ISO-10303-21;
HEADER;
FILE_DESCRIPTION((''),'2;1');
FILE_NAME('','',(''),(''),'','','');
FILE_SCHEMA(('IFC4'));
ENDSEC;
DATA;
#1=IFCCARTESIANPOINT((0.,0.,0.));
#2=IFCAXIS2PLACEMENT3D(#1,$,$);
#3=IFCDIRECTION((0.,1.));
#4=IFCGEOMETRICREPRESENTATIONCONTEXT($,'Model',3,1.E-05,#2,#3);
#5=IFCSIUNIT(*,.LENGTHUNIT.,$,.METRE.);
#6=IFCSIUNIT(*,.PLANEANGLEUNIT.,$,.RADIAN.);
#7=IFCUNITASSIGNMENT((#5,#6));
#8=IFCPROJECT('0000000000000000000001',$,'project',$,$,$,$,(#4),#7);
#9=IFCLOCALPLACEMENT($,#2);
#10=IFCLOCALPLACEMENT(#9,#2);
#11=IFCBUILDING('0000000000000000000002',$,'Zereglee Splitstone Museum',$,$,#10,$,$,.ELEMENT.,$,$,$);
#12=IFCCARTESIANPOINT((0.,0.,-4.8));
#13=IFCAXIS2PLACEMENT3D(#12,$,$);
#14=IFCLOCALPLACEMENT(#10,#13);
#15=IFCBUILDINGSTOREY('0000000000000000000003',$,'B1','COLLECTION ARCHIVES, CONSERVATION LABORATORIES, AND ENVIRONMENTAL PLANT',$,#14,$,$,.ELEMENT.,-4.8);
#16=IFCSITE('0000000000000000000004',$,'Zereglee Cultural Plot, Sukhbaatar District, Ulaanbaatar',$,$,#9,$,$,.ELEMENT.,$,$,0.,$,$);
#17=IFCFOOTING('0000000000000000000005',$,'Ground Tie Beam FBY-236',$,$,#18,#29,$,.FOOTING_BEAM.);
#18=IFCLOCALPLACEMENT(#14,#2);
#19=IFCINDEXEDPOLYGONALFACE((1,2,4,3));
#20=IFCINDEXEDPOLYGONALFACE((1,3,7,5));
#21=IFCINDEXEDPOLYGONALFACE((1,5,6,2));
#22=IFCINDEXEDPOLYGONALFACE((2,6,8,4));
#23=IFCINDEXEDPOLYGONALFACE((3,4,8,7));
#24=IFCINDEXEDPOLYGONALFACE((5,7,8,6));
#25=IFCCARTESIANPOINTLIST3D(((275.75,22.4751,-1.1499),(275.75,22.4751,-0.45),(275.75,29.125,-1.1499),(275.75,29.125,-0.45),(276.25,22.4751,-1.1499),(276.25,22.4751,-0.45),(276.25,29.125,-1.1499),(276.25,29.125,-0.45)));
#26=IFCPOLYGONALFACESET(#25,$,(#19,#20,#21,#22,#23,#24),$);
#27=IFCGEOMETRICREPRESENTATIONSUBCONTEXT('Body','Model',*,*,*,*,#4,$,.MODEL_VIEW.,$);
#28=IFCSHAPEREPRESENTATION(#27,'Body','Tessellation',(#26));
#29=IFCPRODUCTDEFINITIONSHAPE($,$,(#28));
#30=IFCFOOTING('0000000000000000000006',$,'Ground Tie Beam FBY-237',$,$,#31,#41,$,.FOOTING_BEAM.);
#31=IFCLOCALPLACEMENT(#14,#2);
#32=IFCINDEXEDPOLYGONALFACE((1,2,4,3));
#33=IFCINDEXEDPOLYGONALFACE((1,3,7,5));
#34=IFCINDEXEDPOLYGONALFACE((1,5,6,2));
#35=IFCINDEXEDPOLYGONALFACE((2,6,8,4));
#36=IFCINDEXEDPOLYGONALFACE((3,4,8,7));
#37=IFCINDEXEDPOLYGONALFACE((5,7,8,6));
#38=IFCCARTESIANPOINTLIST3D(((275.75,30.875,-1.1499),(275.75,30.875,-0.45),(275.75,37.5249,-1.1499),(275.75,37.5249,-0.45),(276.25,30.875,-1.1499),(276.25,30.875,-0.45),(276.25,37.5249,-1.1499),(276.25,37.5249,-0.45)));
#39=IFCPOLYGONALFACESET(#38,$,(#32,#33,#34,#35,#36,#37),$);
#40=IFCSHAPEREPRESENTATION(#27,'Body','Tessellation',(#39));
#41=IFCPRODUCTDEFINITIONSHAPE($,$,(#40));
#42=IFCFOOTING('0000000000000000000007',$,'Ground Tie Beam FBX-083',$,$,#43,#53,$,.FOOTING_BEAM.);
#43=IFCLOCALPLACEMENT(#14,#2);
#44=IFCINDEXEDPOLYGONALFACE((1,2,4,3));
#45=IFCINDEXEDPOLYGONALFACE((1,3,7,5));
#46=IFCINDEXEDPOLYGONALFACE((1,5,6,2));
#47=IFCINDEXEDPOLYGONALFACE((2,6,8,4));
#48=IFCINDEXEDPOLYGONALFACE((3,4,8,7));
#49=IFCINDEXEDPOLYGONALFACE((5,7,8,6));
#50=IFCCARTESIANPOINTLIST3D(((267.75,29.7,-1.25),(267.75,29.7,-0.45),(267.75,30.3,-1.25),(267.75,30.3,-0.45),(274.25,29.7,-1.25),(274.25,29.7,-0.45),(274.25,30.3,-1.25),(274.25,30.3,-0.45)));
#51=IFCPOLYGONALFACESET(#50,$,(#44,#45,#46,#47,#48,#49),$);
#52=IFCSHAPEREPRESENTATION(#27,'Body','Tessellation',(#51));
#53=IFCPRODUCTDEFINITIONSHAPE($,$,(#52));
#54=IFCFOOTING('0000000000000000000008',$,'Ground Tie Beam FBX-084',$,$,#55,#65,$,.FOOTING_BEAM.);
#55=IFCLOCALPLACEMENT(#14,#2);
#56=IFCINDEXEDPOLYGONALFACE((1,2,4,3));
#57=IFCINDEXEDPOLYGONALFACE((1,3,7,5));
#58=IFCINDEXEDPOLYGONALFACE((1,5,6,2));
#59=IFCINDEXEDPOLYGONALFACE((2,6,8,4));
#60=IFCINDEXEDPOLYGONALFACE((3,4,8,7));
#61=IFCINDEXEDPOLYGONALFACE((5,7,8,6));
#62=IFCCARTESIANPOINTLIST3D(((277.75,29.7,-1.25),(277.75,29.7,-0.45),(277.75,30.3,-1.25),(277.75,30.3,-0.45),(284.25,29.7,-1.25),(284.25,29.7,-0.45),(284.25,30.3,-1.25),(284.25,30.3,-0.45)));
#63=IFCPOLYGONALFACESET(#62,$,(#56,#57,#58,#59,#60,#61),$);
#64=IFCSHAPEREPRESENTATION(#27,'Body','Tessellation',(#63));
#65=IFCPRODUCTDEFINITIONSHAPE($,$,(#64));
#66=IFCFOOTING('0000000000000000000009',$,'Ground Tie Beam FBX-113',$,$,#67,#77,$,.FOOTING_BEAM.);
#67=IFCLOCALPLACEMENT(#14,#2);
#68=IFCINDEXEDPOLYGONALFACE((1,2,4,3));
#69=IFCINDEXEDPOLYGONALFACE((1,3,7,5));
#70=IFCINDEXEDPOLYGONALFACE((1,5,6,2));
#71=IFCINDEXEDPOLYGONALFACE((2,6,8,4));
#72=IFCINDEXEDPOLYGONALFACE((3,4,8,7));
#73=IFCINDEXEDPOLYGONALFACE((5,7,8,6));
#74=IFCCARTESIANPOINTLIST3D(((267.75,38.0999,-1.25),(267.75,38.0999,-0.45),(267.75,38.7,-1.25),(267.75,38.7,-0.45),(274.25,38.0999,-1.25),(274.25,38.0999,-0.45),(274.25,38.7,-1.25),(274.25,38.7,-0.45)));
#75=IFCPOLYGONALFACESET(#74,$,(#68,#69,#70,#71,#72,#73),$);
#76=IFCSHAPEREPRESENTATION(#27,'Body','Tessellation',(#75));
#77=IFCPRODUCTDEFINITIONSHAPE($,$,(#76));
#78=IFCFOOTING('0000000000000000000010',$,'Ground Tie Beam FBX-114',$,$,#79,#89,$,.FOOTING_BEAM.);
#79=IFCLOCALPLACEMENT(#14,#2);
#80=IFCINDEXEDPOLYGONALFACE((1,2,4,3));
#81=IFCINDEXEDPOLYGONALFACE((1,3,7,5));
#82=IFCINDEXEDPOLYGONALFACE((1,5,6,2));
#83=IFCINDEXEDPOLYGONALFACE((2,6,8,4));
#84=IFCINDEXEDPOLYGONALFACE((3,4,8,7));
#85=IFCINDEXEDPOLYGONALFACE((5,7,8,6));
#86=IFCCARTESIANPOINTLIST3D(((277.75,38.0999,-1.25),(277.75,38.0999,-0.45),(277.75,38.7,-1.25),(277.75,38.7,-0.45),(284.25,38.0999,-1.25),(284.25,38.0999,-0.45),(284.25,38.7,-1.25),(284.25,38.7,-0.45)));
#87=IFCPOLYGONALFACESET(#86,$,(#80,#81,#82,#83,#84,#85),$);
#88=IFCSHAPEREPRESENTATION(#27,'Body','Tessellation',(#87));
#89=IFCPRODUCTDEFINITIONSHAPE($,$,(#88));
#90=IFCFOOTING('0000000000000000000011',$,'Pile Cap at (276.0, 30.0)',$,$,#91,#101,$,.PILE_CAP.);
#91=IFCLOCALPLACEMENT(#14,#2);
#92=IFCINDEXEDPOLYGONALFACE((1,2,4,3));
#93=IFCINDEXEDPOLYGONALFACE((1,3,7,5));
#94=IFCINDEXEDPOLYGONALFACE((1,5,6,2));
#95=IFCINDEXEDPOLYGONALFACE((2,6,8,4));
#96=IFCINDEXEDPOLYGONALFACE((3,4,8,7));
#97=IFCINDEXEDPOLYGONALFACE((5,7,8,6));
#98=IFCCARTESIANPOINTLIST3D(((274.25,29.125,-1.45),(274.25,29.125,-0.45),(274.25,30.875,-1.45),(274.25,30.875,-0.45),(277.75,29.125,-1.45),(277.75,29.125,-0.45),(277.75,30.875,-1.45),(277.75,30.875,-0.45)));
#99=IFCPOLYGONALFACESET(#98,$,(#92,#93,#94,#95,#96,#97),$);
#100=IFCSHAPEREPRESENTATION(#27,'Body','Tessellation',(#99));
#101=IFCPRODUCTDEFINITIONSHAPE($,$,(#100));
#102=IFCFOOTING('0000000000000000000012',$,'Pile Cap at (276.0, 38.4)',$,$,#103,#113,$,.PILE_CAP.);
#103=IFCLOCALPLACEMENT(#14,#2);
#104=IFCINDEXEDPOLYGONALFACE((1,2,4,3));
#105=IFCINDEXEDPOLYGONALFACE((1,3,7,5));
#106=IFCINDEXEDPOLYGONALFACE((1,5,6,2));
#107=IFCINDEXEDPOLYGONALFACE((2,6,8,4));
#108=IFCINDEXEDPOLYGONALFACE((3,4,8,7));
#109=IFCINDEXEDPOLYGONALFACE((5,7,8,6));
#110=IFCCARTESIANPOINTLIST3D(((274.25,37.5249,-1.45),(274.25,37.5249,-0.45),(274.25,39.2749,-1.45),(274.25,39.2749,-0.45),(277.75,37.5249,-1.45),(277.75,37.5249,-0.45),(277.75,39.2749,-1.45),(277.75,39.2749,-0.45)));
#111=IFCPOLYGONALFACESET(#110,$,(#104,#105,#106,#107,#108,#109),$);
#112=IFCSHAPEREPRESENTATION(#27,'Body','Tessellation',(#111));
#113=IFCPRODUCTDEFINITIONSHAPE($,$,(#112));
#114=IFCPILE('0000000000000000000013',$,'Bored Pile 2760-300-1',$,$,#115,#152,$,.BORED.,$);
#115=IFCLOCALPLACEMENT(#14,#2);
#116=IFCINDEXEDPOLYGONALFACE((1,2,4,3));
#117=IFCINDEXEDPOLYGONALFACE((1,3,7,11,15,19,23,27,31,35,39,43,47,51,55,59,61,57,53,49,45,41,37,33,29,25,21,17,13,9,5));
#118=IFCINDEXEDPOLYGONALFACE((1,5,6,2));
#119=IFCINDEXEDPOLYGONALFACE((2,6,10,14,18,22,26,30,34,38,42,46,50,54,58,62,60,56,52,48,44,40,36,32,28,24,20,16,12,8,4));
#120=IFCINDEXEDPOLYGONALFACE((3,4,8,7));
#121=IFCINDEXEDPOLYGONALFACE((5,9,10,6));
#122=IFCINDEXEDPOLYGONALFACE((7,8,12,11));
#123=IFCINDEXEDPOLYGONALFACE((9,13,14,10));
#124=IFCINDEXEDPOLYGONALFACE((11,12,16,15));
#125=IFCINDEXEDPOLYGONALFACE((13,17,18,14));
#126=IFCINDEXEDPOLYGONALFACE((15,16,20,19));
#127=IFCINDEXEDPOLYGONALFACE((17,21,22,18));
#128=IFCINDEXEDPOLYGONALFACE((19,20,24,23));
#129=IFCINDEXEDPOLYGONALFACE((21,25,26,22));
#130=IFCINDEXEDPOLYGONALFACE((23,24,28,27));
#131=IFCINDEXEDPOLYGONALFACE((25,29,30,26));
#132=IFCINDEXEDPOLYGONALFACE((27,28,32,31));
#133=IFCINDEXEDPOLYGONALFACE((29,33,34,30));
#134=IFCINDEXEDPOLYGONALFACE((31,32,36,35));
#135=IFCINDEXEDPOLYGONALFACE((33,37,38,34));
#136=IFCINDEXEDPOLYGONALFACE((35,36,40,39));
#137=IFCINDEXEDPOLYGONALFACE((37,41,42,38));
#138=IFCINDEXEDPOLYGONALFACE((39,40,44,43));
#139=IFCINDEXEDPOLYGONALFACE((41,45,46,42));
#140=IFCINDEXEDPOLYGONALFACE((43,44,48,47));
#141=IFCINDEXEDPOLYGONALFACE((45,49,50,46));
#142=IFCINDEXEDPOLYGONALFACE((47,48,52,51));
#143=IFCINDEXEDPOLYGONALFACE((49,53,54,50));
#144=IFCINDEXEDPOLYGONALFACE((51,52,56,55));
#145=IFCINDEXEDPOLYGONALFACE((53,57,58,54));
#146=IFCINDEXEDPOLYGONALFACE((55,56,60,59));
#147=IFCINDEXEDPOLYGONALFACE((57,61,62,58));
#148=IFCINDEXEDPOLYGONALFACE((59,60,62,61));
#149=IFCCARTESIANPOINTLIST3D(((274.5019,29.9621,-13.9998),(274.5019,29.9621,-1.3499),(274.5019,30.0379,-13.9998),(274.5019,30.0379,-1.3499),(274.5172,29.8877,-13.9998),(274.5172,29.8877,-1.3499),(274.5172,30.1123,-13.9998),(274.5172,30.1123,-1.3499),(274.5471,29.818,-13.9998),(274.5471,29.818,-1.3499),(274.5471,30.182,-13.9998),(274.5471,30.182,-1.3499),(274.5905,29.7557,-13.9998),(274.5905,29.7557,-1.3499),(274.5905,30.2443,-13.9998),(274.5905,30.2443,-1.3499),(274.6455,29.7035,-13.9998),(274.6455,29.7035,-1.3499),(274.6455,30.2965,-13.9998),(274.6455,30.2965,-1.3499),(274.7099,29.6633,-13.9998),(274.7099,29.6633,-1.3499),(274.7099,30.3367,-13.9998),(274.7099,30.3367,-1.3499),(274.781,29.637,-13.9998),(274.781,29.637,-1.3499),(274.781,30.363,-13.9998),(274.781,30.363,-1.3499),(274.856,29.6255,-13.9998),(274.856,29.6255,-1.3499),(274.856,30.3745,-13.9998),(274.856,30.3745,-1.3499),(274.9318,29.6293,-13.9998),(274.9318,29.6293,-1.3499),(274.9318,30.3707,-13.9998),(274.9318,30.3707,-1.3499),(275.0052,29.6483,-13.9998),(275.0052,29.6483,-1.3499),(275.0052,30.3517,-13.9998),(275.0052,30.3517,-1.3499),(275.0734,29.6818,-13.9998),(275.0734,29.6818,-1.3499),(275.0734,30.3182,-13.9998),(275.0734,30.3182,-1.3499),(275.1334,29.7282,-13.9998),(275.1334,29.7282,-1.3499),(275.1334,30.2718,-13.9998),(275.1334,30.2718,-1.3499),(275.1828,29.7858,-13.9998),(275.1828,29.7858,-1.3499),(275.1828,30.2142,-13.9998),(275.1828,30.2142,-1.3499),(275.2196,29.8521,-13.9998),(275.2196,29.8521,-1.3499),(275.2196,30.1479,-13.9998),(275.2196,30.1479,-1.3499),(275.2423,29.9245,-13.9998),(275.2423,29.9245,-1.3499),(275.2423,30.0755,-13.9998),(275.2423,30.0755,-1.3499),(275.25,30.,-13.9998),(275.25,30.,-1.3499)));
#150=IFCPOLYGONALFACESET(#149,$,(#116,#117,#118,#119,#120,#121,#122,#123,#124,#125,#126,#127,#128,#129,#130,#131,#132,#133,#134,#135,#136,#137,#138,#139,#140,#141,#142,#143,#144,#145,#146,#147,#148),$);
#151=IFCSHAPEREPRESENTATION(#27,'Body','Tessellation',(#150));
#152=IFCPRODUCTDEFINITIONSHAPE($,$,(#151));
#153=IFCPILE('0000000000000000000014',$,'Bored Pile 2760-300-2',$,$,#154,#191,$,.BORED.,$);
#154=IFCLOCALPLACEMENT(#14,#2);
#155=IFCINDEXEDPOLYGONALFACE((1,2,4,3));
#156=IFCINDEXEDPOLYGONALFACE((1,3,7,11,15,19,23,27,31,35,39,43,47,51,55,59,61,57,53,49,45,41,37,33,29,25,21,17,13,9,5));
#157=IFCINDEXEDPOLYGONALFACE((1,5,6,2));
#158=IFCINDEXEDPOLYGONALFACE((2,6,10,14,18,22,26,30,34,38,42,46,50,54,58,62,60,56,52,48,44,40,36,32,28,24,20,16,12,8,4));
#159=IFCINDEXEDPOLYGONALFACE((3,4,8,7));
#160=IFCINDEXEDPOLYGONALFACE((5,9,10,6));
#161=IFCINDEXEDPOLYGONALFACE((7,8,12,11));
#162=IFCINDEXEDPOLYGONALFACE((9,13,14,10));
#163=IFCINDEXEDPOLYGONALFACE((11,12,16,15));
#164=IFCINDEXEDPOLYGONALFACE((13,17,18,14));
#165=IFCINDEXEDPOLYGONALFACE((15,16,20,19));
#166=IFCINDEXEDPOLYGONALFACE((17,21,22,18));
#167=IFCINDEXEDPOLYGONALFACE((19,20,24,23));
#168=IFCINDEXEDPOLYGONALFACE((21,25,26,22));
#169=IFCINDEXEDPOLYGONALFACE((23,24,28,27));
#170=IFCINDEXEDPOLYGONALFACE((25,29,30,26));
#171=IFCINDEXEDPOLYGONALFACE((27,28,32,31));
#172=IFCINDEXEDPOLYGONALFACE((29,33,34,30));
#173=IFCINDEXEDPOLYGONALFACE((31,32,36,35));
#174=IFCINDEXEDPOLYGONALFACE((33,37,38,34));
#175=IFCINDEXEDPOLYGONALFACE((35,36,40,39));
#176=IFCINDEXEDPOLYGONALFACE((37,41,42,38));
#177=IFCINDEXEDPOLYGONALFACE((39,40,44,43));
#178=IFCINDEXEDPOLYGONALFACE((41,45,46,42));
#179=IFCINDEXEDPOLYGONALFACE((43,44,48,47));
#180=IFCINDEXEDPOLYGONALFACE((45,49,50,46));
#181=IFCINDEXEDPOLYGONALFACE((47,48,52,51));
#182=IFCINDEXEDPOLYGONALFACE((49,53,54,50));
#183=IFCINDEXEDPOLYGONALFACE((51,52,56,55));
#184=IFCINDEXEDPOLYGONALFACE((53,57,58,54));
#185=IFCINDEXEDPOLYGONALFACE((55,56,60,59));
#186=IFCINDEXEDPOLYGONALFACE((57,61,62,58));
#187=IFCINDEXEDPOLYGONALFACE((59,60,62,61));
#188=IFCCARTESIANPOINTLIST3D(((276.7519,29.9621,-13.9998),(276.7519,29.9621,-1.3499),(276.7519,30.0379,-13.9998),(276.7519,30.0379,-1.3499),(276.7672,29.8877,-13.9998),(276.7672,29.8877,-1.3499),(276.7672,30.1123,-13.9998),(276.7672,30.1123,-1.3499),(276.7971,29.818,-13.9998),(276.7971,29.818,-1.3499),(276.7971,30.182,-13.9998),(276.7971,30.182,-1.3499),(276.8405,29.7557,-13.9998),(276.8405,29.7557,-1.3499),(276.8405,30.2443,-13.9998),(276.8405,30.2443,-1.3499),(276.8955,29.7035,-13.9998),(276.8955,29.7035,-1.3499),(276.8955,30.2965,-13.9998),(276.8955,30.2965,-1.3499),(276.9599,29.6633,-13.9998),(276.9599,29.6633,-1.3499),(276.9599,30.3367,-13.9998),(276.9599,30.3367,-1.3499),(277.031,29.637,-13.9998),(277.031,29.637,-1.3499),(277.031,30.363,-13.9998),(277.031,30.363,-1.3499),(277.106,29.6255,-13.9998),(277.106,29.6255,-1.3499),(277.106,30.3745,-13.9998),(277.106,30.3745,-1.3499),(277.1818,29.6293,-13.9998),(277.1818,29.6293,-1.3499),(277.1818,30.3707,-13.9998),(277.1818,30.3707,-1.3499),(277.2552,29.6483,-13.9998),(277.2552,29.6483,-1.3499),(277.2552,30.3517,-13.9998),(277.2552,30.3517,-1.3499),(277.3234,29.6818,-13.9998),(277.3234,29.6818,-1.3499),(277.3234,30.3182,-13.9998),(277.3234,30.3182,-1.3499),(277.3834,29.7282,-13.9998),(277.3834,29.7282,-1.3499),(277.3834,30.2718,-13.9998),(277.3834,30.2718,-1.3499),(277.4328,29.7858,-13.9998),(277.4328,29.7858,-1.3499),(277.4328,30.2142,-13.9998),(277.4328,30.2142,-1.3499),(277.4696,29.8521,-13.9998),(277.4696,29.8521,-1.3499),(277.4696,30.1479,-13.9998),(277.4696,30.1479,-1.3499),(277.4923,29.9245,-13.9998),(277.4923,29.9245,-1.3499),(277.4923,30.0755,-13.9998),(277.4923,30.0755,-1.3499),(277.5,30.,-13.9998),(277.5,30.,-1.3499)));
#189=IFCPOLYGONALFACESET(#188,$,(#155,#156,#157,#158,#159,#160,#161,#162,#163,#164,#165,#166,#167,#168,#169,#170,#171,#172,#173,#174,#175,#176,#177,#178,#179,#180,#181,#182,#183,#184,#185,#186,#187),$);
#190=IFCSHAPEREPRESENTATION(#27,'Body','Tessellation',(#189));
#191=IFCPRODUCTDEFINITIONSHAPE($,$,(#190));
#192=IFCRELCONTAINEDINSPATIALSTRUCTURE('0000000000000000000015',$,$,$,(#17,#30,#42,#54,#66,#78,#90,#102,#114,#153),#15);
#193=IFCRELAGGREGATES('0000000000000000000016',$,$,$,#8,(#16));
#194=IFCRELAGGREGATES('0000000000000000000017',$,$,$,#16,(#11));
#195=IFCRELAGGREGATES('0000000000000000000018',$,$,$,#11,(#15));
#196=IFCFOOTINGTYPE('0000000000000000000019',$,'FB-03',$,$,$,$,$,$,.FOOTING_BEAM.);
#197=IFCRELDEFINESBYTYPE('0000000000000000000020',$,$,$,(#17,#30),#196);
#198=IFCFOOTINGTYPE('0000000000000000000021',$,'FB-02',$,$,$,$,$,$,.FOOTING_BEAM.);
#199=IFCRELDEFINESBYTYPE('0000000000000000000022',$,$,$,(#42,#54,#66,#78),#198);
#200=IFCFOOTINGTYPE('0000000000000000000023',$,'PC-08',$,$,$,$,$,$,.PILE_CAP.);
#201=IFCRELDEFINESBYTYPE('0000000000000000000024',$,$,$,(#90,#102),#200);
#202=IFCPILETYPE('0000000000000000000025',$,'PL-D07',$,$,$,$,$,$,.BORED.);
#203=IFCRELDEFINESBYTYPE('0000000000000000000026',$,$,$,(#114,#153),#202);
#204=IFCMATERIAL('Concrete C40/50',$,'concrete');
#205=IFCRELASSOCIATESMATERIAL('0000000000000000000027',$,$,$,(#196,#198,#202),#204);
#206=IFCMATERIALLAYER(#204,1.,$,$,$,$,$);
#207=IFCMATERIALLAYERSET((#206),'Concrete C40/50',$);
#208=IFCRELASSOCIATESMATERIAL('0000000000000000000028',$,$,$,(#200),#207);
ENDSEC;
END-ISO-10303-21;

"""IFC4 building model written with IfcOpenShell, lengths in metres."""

from ifc_helpers import new_model, si_unit, direction, frame, origin, origin_2d, place, context, subcontext, project, spatial, rectangle, circle, extrude, material, layer, layer_set, material_profile, profile_set, type_object, element, save


model = new_model("IFC4")

# Units and contexts
model_context = context("Model", 3, precision=1e-05, world=origin(), true_north=direction((0.0, 1.0)))
body_context = subcontext(model_context, "Body", "Model", "MODEL_VIEW")
ifc_project = project(units=[si_unit("LENGTHUNIT", "METRE"), si_unit("PLANEANGLEUNIT", "RADIAN")], contexts=[model_context])

# Site, building, storey
site_placement = place(None, origin())
site = spatial("IfcSite", under=ifc_project, at=site_placement, Name="Zereglee Cultural Plot, Sukhbaatar District, Ulaanbaatar", CompositionType="ELEMENT", RefElevation=0.0)
building_placement = place(site_placement, origin())
building = spatial("IfcBuilding", under=site, at=building_placement, Name="Zereglee Splitstone Museum", CompositionType="ELEMENT")
storey_placement = place(building_placement, frame((0.0, 0.0, -4.8)))
storey = spatial("IfcBuildingStorey", under=building, at=storey_placement, Name="B1", Description="COLLECTION ARCHIVES, CONSERVATION LABORATORIES, AND ENVIRONMENTAL PLANT", CompositionType="ELEMENT", Elevation=-4.8)

# Footings
ifc_material_1 = material(Name="Concrete C40/50", Category="concrete")
footing_type_1 = type_object("IfcFootingType", Name="FB-03", PredefinedType="FOOTING_BEAM", material=ifc_material_1)
for number, where, z_axis, x_axis, name in (
    (1, (276.0, 25.8, -1.1499), (0.0, 0.0, 1.0), (0.0, 1.0, 0.0), "Ground Tie Beam FBY-236"),
    (2, (276.0, 34.2, -1.1499), (0.0, 0.0, 1.0), (0.0, 1.0, 0.0), "Ground Tie Beam FBY-237"),
):
    element("IfcFooting", number, at=place(storey_placement, frame(where, z_axis=z_axis, x_axis=x_axis)), inside=storey, type_object=footing_type_1, Name=name, PredefinedType="FOOTING_BEAM", context=body_context, shape_type="SweptSolid", body=[
        extrude(rectangle(XDim=6.6499, YDim=0.5, at=origin_2d()), origin(), (0.0, 0.0, 1.0), 0.7),
    ])
footing_type_2 = type_object("IfcFootingType", Name="FB-02", PredefinedType="FOOTING_BEAM", material=ifc_material_1)
for number, where, z_axis, x_axis, name in (
    (3, (271.0, 30.0, -1.25), (0.0, 0.0, 1.0), (1.0, 0.0, 0.0), "Ground Tie Beam FBX-083"),
    (4, (281.0, 30.0, -1.25), (0.0, 0.0, 1.0), (1.0, 0.0, 0.0), "Ground Tie Beam FBX-084"),
    (5, (271.0, 38.3999, -1.25), (0.0, 0.0, 1.0), (1.0, 0.0, 0.0), "Ground Tie Beam FBX-113"),
    (6, (281.0, 38.3999, -1.25), (0.0, 0.0, 1.0), (1.0, 0.0, 0.0), "Ground Tie Beam FBX-114"),
):
    element("IfcFooting", number, at=place(storey_placement, frame(where, z_axis=z_axis, x_axis=x_axis)), inside=storey, type_object=footing_type_2, Name=name, PredefinedType="FOOTING_BEAM", context=body_context, shape_type="SweptSolid", body=[
        extrude(rectangle(XDim=6.5, YDim=0.6001, at=origin_2d()), origin(), (0.0, 0.0, 1.0), 0.8),
    ])
ifc_layer_1 = layer(ifc_material_1, 1.0)
ifc_layer_set_1 = layer_set([ifc_layer_1], Name="Concrete C40/50")
footing_type_3 = type_object("IfcFootingType", Name="PC-08", PredefinedType="PILE_CAP", material=ifc_layer_set_1)
for number, where, z_axis, x_axis, name in (
    (7, (276.0, 30.0, -1.45), (0.0, 0.0, 1.0), (1.0, 0.0, 0.0), "Pile Cap at (276.0, 30.0)"),
    (8, (276.0, 38.3999, -1.45), (0.0, 0.0, 1.0), (1.0, 0.0, 0.0), "Pile Cap at (276.0, 38.4)"),
):
    element("IfcFooting", number, at=place(storey_placement, frame(where, z_axis=z_axis, x_axis=x_axis)), inside=storey, type_object=footing_type_3, Name=name, PredefinedType="PILE_CAP", context=body_context, shape_type="SweptSolid", body=[
        extrude(rectangle(XDim=3.5, YDim=1.75, at=origin_2d()), origin(), (0.0, 0.0, 1.0), 1.0),
    ])

# Piles
ifc_material_profile_1 = material_profile(ifc_material_1, circle(Radius=0.375, at=origin_2d()), Name="PILE D750")
ifc_profile_set_1 = profile_set([ifc_material_profile_1], Name="Concrete C40/50")
pile_type = type_object("IfcPileType", Name="PL-D07", PredefinedType="BORED", material=ifc_profile_set_1)
for number, where, z_axis, x_axis, name in (
    (9, (274.875, 30.0, -1.3499), (0.0, 0.0, -1.0), (1.0, 0.0, 0.0), "Bored Pile 2760-300-1"),
    (10, (277.125, 30.0, -1.3499), (0.0, 0.0, -1.0), (1.0, 0.0, 0.0), "Bored Pile 2760-300-2"),
):
    element("IfcPile", number, at=place(storey_placement, frame(where, z_axis=z_axis, x_axis=x_axis)), inside=storey, type_object=pile_type, Name=name, PredefinedType="BORED", context=body_context, shape_type="SweptSolid", body=[
        extrude(circle(Radius=0.375, at=origin_2d()), origin(), (0.0, 0.0, 1.0), 12.6499),
    ])

save(model, "model.ifc")
